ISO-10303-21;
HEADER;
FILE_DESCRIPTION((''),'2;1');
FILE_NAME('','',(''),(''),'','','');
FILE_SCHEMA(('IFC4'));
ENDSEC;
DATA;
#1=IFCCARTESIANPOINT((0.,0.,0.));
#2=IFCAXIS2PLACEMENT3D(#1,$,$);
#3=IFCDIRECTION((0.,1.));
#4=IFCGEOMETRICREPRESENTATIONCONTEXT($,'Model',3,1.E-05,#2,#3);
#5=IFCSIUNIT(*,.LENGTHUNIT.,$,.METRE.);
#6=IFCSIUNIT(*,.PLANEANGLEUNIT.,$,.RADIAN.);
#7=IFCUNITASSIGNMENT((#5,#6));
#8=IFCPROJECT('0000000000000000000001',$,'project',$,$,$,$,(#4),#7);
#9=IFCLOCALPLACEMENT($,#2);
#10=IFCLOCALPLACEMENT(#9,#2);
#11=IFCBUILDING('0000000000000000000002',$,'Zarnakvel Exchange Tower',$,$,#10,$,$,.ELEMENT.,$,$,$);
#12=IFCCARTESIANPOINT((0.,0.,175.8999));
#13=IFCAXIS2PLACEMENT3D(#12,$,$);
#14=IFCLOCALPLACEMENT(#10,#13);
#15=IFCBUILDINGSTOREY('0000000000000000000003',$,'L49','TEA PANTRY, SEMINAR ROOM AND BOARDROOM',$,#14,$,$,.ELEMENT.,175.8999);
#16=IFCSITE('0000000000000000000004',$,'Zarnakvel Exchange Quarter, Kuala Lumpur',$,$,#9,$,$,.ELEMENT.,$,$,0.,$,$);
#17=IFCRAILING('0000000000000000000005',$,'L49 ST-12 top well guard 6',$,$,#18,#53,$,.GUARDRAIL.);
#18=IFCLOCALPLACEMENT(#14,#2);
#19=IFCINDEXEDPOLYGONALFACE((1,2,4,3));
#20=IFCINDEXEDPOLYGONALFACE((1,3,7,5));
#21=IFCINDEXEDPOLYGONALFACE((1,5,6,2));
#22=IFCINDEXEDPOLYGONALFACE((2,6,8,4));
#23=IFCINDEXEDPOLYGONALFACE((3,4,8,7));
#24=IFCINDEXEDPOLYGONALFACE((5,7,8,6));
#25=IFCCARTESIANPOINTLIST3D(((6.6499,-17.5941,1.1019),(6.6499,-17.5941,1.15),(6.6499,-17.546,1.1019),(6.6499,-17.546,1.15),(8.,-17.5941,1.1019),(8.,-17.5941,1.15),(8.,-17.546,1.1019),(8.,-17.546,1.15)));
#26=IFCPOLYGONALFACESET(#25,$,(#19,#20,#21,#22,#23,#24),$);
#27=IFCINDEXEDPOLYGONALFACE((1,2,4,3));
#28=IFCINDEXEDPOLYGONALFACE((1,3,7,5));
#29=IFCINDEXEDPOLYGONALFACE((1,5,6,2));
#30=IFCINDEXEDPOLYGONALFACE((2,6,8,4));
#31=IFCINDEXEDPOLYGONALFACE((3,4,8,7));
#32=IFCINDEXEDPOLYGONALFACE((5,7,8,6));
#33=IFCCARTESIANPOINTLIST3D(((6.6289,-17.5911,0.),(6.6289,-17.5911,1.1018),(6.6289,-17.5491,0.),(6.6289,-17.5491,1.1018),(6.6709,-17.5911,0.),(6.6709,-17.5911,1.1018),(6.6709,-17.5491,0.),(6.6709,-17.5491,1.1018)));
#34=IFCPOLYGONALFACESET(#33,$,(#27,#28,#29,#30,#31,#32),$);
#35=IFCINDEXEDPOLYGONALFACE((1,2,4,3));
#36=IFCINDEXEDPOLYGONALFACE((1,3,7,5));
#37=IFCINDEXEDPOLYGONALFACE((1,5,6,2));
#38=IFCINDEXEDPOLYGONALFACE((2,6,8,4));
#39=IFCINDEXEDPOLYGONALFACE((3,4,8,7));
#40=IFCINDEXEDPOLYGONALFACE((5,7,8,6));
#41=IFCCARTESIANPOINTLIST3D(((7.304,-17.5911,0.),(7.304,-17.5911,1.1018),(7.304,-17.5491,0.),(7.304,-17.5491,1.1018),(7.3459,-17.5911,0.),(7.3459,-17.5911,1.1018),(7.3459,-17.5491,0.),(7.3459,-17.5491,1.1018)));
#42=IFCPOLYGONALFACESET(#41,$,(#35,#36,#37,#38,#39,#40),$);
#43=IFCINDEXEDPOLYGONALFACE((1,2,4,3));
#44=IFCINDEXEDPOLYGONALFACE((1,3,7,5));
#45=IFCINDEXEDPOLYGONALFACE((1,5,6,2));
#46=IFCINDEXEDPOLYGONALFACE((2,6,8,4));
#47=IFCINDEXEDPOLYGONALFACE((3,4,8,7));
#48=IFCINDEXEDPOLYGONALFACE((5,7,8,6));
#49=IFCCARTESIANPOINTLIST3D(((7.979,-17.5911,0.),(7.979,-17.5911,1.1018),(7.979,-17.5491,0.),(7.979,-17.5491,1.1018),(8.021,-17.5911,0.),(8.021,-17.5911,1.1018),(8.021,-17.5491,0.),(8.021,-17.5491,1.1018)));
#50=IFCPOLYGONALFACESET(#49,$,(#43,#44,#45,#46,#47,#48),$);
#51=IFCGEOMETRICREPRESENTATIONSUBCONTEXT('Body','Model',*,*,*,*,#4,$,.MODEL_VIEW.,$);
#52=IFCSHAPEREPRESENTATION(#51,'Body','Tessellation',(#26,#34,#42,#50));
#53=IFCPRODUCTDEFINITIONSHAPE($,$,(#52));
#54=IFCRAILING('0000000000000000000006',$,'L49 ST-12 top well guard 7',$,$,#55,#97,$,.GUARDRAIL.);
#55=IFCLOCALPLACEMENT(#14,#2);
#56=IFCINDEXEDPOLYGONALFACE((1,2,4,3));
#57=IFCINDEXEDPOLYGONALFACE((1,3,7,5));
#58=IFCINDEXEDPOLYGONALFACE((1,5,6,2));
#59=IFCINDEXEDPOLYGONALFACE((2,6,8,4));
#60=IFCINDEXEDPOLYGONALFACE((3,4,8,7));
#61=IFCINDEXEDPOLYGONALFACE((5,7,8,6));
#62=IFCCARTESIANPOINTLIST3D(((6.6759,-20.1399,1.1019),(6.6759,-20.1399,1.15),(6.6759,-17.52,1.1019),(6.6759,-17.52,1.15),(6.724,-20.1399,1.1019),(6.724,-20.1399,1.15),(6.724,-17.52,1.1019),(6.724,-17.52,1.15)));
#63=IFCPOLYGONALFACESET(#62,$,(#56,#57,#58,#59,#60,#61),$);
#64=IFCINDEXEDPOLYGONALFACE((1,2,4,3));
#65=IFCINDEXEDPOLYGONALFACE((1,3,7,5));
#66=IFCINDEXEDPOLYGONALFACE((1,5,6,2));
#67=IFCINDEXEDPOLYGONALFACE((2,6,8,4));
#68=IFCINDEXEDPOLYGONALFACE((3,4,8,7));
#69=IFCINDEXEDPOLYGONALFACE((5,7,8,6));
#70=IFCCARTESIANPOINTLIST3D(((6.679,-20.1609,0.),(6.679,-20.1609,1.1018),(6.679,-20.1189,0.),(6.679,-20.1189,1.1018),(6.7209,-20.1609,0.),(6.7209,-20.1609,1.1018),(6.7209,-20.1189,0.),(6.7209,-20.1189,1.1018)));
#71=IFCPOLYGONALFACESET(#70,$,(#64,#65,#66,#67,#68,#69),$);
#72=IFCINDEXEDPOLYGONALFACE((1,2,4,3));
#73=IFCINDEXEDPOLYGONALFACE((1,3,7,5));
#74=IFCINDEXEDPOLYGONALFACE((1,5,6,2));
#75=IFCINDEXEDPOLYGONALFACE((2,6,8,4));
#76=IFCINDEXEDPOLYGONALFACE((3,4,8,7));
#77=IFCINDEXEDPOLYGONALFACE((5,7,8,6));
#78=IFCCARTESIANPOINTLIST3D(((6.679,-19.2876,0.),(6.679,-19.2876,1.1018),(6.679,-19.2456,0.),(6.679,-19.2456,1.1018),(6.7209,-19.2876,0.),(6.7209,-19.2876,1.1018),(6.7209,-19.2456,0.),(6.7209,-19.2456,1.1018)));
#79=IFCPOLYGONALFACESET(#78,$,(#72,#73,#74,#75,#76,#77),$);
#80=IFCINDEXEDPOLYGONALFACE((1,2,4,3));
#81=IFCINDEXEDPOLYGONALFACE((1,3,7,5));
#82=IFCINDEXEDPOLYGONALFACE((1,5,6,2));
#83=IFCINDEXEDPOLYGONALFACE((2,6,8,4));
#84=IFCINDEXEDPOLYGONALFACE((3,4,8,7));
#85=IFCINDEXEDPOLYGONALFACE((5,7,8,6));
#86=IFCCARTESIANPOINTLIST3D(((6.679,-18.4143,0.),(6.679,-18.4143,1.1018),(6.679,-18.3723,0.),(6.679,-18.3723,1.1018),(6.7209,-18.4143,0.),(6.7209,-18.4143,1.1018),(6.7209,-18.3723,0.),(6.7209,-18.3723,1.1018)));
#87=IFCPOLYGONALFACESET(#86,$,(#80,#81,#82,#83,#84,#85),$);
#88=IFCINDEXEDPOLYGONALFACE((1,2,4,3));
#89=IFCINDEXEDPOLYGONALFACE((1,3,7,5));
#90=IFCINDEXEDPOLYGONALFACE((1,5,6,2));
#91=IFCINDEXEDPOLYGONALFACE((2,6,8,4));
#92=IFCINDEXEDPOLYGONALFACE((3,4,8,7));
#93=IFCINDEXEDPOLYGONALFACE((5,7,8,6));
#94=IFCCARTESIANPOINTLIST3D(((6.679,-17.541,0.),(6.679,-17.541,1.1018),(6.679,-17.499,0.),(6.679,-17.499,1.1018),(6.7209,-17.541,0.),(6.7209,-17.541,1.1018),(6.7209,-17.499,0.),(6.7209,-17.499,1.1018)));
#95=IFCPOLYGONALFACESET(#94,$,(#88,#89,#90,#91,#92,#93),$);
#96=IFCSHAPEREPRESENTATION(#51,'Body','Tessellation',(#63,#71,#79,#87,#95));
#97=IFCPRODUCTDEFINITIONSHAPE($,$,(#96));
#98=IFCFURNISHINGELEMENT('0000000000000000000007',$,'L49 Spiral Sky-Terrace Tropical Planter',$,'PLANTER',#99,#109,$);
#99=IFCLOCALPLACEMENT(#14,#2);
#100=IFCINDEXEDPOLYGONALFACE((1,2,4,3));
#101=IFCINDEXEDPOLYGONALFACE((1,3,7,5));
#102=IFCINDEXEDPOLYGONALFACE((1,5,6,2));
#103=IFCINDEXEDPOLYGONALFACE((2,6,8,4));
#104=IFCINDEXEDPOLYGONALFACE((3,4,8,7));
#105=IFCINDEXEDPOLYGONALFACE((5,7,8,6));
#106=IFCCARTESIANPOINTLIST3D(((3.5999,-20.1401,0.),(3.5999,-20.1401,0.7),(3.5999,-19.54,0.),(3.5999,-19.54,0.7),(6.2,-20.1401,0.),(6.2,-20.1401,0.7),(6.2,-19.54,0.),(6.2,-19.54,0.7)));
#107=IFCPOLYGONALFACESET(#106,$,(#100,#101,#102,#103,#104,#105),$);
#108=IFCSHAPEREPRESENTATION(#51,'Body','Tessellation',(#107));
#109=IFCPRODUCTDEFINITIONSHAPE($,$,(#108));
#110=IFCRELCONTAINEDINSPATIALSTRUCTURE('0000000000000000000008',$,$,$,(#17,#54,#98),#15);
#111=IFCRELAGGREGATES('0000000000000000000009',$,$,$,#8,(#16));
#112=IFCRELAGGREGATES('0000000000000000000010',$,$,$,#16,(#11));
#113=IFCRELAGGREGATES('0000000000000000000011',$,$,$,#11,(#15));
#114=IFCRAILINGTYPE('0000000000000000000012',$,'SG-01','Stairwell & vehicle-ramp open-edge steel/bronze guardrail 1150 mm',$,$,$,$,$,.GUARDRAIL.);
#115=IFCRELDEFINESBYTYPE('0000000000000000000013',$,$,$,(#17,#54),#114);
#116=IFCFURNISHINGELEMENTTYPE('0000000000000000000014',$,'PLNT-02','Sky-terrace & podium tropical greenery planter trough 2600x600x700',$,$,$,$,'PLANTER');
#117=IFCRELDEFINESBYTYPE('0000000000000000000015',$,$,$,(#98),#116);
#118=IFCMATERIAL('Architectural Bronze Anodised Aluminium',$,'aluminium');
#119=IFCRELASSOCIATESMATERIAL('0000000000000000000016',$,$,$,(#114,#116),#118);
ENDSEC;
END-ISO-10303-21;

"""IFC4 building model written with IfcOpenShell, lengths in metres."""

from ifc_helpers import new_model, si_unit, direction, frame, origin, origin_2d, place, context, subcontext, project, spatial, rectangle, extrude, source, transform, mapped, material, type_object, element, save


model = new_model("IFC4")

# Units and contexts
model_context = context("Model", 3, precision=1e-05, world=origin(), true_north=direction((0.0, 1.0)))
body_context = subcontext(model_context, "Body", "Model", "MODEL_VIEW")
ifc_project = project(units=[si_unit("LENGTHUNIT", "METRE"), si_unit("PLANEANGLEUNIT", "RADIAN")], contexts=[model_context])

# Site, building, storey
site_placement = place(None, origin())
site = spatial("IfcSite", under=ifc_project, at=site_placement, Name="Zarnakvel Exchange Quarter, Kuala Lumpur", CompositionType="ELEMENT", RefElevation=0.0)
building_placement = place(site_placement, origin())
building = spatial("IfcBuilding", under=site, at=building_placement, Name="Zarnakvel Exchange Tower", CompositionType="ELEMENT")
storey_placement = place(building_placement, frame((0.0, 0.0, 175.8999)))
storey = spatial("IfcBuildingStorey", under=building, at=storey_placement, Name="L49", Description="TEA PANTRY, SEMINAR ROOM AND BOARDROOM", CompositionType="ELEMENT", Elevation=175.8999)

# Shared definitions
ifc_material_1 = material(Name="Architectural Bronze Anodised Aluminium", Category="aluminium")

# Railings
railing_type_1 = type_object("IfcRailingType", Name="SG-01", Description="Stairwell & vehicle-ramp open-edge steel/bronze guardrail 1150 mm", PredefinedType="GUARDRAIL", material=ifc_material_1)
for number, where, name in (
    (1, (6.6499, -17.5701, 0.0), "L49 ST-12 top well guard 6"),
):
    element("IfcRailing", number, at=place(storey_placement, frame(where)), inside=storey, type_object=railing_type_1, Name=name, PredefinedType="GUARDRAIL", context=body_context, shape_type="SweptSolid", body=[
        extrude(rectangle(XDim=0.0481, YDim=0.0481, at=origin_2d()), frame((0.0, 0.0, 1.126), z_axis=(1.0, 0.0, 0.0), x_axis=(0.0, 1.0, 0.0)), (0.0, 0.0, 1.0), 1.3501),
        extrude(rectangle(XDim=0.042, YDim=0.042, at=origin_2d()), origin(), (0.0, 0.0, 1.0), 1.1018),
        extrude(rectangle(XDim=0.042, YDim=0.042, at=origin_2d()), frame((0.675, 0.0, 0.0)), (0.0, 0.0, 1.0), 1.1018),
        extrude(rectangle(XDim=0.042, YDim=0.042, at=origin_2d()), frame((1.3501, 0.0, 0.0)), (0.0, 0.0, 1.0), 1.1018),
    ])
railing_1_placement = place(storey_placement, frame((6.7, -20.1399, 0.0)))
element("IfcRailing", 2, at=railing_1_placement, inside=storey, type_object=railing_type_1, Name="L49 ST-12 top well guard 7", PredefinedType="GUARDRAIL", context=body_context, shape_type="SweptSolid", body=[
    extrude(rectangle(XDim=0.0481, YDim=0.0481, at=origin_2d()), frame((0.0, 0.0, 1.126), z_axis=(0.0, 1.0, 0.0), x_axis=(-1.0, 0.0, 0.0)), (0.0, 0.0, 1.0), 2.6199),
    extrude(rectangle(XDim=0.042, YDim=0.042, at=origin_2d()), origin(), (0.0, 0.0, 1.0), 1.1018),
    extrude(rectangle(XDim=0.042, YDim=0.042, at=origin_2d()), frame((0.0, 0.8733, 0.0)), (0.0, 0.0, 1.0), 1.1018),
    extrude(rectangle(XDim=0.042, YDim=0.042, at=origin_2d()), frame((0.0, 1.7466, 0.0)), (0.0, 0.0, 1.0), 1.1018),
    extrude(rectangle(XDim=0.042, YDim=0.042, at=origin_2d()), frame((0.0, 2.6199, 0.0)), (0.0, 0.0, 1.0), 1.1018),
])

# Furnishing element
furnishing_element_type = type_object("IfcFurnishingElementType", Name="PLNT-02", Description="Sky-terrace & podium tropical greenery planter trough 2600x600x700", ElementType="PLANTER", material=ifc_material_1)
shared_shape_1 = source(origin(), body_context, "Body", "SweptSolid", [
    extrude(rectangle(XDim=2.6001, YDim=0.6001, at=origin_2d()), origin(), (0.0, 0.0, 1.0), 0.7),
])
furnishing_placement = place(storey_placement, frame((4.8999, -19.8401, 0.0), z_axis=(0.0, 0.0, 1.0), x_axis=(1.0, 0.0, 0.0)))
element("IfcFurnishingElement", 3, at=furnishing_placement, inside=storey, type_object=furnishing_element_type, Name="L49 Spiral Sky-Terrace Tropical Planter", ObjectType="PLANTER", context=body_context, shape_type="MappedRepresentation", body=[
    mapped(shared_shape_1, transform((0.0, 0.0, 0.0), x_axis=(1.0, 0.0, 0.0), y_axis=(0.0, 1.0, 0.0), z_axis=(0.0, 0.0, 1.0), scale=1.0)),
])

save(model, "model.ifc")
